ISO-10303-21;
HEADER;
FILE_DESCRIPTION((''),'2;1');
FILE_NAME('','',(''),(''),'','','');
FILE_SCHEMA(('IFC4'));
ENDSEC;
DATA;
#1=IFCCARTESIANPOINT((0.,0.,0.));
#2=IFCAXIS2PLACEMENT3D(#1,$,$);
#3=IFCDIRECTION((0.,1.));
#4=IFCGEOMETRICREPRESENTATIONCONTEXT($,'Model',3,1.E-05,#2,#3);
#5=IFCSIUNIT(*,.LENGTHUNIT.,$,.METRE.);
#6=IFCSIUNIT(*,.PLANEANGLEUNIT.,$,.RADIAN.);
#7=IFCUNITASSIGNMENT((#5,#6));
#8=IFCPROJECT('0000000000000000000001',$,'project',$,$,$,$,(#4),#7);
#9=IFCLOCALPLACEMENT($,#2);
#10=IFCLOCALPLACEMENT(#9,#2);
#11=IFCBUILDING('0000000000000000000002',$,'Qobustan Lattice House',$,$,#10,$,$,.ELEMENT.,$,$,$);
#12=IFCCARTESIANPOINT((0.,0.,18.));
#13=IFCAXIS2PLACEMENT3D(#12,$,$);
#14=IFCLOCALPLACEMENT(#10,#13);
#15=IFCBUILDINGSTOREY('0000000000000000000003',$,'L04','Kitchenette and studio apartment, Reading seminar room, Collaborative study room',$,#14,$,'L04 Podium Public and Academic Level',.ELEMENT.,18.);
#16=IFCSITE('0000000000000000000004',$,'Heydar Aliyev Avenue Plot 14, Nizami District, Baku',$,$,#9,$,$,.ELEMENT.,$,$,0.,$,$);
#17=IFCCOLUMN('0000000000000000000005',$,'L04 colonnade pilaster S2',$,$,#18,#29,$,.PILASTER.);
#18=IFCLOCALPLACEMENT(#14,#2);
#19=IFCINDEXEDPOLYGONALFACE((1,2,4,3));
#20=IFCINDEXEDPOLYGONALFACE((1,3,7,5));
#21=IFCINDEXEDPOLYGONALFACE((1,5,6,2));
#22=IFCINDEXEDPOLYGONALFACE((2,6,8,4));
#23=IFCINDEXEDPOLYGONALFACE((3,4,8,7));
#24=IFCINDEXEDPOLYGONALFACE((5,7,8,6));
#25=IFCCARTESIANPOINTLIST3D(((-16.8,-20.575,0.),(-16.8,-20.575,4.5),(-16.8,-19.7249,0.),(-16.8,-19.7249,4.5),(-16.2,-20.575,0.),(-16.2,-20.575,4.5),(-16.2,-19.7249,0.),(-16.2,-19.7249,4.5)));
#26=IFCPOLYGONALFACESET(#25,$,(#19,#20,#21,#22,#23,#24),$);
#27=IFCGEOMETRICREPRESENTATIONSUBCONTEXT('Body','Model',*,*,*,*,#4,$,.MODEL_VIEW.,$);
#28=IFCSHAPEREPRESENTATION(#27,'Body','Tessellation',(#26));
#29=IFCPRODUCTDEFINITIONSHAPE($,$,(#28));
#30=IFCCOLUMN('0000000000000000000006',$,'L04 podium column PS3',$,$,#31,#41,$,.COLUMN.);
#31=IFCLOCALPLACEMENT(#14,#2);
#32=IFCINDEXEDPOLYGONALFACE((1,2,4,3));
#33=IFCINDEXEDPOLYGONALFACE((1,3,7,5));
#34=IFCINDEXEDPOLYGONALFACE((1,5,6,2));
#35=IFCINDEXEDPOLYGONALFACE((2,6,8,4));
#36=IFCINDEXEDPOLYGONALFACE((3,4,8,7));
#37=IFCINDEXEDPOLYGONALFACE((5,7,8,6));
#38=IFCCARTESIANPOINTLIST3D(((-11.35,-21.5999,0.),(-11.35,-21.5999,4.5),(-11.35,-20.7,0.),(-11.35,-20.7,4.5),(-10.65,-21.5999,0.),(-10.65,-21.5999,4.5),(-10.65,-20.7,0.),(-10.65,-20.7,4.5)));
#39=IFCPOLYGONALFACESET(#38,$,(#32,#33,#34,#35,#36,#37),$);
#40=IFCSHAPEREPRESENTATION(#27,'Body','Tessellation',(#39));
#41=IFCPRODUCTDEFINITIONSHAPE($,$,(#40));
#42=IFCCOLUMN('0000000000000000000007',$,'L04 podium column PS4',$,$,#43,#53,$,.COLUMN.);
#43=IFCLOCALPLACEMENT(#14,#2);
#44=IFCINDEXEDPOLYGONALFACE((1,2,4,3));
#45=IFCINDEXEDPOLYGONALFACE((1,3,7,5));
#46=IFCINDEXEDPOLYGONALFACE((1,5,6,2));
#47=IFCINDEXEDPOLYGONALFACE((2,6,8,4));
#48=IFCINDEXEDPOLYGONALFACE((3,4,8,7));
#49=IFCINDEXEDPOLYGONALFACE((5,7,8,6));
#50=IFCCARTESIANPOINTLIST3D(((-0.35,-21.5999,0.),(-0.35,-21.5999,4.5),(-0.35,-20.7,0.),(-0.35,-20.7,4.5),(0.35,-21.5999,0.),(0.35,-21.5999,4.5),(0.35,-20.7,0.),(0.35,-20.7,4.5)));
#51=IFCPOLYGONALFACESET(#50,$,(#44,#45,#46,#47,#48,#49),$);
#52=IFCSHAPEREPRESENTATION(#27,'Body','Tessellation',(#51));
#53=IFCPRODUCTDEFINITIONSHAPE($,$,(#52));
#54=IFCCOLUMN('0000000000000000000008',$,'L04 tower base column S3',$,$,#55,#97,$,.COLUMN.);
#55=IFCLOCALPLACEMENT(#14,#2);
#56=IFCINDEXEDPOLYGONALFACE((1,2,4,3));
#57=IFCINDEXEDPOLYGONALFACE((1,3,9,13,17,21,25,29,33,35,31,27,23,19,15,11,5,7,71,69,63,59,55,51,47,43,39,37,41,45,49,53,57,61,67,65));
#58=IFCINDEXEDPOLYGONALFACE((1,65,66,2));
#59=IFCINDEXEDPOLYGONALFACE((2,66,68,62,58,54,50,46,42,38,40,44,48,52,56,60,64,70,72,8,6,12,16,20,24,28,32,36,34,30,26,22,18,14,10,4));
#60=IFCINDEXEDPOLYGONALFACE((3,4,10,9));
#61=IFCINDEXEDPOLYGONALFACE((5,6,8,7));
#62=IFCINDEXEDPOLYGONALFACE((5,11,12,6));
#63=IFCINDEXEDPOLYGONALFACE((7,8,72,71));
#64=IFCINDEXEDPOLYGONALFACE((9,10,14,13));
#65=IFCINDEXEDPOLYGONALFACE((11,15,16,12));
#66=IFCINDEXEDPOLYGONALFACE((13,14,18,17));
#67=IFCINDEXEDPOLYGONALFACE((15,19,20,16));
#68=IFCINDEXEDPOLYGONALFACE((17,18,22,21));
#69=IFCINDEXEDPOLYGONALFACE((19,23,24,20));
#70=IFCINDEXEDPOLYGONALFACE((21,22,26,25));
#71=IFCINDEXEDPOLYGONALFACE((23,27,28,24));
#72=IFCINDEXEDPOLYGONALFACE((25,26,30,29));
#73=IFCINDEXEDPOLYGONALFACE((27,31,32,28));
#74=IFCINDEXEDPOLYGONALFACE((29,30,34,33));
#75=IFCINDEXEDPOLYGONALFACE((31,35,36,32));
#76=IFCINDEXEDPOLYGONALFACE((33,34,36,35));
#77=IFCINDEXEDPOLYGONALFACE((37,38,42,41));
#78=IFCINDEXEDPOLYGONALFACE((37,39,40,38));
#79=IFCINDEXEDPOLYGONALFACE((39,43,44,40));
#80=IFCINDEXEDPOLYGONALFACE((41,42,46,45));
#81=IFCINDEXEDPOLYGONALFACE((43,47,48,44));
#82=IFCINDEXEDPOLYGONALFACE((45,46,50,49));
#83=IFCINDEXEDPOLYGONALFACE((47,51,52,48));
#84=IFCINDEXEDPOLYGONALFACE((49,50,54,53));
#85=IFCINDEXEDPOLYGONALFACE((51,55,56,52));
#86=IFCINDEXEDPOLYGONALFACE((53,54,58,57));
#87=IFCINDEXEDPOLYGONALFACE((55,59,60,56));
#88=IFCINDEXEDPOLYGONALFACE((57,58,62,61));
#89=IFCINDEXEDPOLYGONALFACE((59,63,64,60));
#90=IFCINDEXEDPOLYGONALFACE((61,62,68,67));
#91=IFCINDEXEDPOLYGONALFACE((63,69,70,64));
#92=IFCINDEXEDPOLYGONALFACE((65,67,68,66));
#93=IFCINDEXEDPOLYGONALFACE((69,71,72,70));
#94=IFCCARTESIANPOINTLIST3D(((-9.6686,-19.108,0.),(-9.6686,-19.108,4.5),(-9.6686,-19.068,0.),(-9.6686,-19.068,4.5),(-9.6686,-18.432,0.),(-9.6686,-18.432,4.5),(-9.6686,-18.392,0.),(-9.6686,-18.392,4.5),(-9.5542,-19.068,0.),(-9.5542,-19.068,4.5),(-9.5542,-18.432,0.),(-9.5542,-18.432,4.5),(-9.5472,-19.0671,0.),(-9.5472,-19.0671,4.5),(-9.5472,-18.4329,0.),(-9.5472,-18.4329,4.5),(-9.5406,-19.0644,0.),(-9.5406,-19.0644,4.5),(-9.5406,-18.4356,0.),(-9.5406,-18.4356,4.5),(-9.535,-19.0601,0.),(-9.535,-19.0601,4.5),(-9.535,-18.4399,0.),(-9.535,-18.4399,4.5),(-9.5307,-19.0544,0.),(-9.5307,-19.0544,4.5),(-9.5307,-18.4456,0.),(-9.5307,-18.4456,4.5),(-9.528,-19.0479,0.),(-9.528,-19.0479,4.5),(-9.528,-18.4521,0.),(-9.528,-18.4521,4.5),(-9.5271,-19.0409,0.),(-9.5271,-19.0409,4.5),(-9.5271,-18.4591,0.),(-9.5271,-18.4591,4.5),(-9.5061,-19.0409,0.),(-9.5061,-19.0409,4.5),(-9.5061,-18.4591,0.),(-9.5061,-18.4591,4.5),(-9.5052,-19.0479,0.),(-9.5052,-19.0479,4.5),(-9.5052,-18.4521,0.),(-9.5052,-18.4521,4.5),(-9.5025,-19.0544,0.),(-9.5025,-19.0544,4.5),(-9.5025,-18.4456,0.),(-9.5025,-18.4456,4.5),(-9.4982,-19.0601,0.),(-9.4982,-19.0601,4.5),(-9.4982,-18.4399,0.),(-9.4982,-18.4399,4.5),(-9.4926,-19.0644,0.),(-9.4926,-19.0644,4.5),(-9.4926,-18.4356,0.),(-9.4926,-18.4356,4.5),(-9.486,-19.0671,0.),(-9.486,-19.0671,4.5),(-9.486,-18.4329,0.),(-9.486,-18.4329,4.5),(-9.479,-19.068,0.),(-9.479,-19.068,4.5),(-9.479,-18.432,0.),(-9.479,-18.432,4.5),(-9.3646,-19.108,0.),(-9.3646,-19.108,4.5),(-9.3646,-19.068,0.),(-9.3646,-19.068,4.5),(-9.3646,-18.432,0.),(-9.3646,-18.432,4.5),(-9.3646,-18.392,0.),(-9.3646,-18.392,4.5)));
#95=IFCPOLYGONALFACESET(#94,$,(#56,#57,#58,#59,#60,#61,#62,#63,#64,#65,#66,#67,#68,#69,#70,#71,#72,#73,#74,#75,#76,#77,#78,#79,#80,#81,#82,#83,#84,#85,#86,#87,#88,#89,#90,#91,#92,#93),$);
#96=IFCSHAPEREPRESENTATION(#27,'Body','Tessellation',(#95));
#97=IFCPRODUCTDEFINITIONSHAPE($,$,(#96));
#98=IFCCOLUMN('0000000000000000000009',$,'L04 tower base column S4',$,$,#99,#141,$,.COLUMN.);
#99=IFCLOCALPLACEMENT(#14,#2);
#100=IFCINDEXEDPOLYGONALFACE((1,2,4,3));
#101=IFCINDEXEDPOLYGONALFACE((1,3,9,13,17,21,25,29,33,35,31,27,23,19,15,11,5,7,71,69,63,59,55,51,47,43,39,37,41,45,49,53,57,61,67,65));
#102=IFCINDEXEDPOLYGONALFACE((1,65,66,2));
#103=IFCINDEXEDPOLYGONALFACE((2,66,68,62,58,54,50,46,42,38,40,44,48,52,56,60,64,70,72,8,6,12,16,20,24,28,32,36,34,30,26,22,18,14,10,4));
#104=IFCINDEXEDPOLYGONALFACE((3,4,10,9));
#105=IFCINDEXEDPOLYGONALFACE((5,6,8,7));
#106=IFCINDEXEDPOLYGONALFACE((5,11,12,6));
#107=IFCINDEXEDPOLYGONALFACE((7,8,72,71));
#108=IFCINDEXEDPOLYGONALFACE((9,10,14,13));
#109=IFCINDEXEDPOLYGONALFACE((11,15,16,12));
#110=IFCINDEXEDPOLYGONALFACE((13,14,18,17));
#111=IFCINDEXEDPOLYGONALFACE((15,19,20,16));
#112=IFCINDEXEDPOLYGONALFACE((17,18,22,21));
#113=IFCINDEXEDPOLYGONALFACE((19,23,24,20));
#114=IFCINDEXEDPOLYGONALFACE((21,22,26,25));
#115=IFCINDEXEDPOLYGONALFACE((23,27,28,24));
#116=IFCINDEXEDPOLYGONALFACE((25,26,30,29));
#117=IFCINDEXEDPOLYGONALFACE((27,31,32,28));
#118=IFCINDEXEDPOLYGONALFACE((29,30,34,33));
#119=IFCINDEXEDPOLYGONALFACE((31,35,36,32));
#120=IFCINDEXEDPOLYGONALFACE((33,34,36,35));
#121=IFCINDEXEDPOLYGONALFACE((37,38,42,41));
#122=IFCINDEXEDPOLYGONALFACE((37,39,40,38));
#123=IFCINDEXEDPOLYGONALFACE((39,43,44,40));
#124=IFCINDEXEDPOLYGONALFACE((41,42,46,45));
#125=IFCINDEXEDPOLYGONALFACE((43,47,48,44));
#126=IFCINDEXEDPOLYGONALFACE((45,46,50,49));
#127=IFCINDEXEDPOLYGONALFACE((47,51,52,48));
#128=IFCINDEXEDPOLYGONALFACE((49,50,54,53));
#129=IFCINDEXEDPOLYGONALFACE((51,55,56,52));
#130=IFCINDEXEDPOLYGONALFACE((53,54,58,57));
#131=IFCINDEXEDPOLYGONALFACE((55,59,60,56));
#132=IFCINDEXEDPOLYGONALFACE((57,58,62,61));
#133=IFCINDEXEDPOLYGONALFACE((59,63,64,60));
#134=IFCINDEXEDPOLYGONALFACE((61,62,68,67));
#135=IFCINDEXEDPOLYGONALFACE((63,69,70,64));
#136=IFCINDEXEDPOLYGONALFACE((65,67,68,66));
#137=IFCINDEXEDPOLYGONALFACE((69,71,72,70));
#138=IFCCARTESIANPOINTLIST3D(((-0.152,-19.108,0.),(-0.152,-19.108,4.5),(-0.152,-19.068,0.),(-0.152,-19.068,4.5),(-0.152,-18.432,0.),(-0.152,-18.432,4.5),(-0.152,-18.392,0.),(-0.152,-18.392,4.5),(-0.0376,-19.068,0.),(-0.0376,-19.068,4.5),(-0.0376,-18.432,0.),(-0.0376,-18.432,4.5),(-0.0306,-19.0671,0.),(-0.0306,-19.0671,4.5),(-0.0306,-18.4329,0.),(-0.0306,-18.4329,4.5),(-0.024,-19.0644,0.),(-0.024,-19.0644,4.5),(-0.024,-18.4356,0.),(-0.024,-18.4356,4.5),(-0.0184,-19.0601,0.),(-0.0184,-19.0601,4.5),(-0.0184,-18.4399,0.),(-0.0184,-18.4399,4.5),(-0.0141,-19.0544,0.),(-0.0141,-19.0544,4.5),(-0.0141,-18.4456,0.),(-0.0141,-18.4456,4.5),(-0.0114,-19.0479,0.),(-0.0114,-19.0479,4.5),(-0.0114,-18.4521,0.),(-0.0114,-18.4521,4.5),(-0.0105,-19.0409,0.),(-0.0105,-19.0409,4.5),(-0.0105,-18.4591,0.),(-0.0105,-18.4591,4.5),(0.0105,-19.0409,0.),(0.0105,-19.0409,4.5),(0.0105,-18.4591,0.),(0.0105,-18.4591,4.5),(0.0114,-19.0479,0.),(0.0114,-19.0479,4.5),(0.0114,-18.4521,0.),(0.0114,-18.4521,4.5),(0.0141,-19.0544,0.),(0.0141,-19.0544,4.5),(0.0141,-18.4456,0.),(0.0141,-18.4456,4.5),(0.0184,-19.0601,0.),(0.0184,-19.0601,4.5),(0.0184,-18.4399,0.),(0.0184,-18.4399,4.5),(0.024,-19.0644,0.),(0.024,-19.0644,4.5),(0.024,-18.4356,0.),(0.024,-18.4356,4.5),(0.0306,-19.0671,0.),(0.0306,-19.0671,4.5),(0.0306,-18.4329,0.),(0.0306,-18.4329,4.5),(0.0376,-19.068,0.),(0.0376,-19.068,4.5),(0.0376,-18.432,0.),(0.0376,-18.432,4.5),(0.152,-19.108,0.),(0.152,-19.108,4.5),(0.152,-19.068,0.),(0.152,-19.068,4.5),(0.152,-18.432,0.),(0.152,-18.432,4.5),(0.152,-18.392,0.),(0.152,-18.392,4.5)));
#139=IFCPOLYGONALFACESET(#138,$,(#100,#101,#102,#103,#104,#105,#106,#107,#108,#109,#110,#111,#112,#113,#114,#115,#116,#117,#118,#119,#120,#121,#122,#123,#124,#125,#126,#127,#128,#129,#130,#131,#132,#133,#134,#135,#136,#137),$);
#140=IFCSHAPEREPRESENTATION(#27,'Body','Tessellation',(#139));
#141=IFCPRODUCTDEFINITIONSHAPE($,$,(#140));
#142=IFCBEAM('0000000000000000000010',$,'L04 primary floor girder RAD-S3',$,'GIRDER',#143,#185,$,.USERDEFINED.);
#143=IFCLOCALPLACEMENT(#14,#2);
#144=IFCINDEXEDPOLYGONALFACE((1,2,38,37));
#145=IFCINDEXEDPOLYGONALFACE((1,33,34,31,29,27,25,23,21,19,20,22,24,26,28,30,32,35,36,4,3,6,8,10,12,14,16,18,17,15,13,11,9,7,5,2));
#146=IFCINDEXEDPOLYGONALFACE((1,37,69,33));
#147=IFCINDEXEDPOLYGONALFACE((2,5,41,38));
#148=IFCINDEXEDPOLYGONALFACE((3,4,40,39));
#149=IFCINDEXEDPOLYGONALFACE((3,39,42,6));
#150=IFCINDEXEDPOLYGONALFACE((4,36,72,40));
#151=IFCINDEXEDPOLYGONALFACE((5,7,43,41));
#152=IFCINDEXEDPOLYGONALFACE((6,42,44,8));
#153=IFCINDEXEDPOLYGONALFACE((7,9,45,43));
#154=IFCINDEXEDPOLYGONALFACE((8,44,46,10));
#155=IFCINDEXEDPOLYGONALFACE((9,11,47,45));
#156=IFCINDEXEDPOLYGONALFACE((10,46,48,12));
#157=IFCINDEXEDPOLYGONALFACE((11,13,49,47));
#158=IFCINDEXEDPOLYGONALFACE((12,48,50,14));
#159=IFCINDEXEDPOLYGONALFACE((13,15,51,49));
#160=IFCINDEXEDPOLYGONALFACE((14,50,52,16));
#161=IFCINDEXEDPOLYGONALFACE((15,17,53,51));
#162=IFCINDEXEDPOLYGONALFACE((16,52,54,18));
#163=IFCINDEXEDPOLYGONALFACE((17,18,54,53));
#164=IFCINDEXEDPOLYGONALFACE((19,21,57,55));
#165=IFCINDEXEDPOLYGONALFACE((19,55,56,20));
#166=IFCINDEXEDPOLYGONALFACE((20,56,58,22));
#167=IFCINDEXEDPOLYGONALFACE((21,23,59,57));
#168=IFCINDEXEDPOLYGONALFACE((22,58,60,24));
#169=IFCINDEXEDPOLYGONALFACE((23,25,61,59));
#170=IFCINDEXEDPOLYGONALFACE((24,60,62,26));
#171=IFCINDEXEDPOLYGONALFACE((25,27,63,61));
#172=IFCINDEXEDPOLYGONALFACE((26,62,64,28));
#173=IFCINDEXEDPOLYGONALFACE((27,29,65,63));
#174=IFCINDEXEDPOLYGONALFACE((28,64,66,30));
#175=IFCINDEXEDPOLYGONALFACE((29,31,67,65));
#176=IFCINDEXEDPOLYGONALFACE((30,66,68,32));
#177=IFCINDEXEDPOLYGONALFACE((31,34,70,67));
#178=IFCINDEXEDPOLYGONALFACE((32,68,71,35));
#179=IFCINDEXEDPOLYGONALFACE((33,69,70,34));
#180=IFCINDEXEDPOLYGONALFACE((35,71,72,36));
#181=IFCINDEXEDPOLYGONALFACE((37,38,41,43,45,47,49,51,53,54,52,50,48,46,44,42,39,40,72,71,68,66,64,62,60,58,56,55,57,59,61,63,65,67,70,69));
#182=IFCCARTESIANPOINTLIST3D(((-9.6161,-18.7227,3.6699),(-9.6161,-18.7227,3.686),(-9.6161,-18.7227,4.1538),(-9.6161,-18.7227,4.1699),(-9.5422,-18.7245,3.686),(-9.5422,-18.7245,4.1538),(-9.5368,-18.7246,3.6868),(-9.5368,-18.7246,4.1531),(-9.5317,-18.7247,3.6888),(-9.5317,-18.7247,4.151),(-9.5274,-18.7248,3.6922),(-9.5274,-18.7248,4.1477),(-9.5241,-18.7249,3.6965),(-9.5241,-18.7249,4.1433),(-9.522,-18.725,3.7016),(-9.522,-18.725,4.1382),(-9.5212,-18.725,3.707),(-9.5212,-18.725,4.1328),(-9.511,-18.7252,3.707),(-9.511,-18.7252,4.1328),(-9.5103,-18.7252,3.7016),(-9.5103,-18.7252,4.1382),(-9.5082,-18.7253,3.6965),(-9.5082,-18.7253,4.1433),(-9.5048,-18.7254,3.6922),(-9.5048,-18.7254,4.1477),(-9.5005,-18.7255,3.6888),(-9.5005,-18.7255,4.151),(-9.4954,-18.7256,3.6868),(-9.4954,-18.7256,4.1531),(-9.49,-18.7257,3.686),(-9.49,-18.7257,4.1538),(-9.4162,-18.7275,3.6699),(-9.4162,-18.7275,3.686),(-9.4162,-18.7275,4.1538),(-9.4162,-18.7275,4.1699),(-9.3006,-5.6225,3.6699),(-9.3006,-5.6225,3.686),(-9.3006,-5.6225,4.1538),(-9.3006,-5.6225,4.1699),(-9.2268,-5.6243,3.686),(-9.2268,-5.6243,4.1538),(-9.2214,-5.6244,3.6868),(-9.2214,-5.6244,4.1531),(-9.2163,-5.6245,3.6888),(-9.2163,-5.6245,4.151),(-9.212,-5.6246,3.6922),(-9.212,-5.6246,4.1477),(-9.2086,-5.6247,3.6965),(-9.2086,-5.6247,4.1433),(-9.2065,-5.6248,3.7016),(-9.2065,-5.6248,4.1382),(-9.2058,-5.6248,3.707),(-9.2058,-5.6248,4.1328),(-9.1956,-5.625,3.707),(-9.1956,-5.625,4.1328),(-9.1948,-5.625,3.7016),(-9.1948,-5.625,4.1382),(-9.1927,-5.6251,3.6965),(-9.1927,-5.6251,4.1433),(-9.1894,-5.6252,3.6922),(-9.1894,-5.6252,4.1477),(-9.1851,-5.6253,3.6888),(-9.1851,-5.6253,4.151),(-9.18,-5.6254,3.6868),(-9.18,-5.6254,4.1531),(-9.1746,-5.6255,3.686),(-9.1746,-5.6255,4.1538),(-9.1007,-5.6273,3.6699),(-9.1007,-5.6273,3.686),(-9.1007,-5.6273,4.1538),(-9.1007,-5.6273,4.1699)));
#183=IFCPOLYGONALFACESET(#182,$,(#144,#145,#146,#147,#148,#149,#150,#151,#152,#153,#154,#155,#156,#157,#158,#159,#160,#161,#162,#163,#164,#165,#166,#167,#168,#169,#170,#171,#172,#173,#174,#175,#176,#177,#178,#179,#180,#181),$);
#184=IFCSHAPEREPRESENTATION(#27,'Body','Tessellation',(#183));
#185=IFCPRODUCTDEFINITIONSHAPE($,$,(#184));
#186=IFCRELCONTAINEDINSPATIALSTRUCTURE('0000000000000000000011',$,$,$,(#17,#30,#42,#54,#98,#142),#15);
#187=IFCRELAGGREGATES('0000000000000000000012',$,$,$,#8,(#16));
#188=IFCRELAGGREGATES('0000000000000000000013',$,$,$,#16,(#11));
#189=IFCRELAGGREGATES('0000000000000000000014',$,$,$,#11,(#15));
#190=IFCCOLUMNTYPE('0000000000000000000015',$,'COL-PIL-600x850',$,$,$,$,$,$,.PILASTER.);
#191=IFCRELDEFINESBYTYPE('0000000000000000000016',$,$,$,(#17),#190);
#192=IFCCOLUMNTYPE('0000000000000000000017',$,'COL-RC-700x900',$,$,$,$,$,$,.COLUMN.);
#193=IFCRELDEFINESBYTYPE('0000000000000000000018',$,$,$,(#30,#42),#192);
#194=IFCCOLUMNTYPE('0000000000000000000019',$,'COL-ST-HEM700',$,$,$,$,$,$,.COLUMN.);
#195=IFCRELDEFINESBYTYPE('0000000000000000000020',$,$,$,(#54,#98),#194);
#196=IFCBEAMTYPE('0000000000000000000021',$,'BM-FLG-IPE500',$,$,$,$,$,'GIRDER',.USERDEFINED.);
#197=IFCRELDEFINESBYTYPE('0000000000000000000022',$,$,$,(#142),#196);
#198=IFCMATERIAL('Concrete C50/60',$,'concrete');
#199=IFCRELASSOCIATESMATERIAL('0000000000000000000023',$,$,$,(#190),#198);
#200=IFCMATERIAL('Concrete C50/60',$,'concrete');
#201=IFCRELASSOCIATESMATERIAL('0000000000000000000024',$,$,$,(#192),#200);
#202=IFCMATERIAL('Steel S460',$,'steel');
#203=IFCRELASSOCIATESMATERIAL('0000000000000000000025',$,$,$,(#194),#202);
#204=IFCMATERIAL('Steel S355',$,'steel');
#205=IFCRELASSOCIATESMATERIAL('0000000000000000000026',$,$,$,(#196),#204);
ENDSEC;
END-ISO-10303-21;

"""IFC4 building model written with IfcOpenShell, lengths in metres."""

from ifc_helpers import new_model, si_unit, direction, frame, origin, origin_2d, place, context, subcontext, project, spatial, rectangle, i_section, extrude, material, material_profile, profile_set, type_object, element, save


model = new_model("IFC4")

# Units and contexts
model_context = context("Model", 3, precision=1e-05, world=origin(), true_north=direction((0.0, 1.0)))
body_context = subcontext(model_context, "Body", "Model", "MODEL_VIEW")
ifc_project = project(units=[si_unit("LENGTHUNIT", "METRE"), si_unit("PLANEANGLEUNIT", "RADIAN")], contexts=[model_context])

# Site, building, storey
site_placement = place(None, origin())
site = spatial("IfcSite", under=ifc_project, at=site_placement, Name="Heydar Aliyev Avenue Plot 14, Nizami District, Baku", CompositionType="ELEMENT", RefElevation=0.0)
building_placement = place(site_placement, origin())
building = spatial("IfcBuilding", under=site, at=building_placement, Name="Qobustan Lattice House", CompositionType="ELEMENT")
storey_placement = place(building_placement, frame((0.0, 0.0, 18.0)))
storey = spatial("IfcBuildingStorey", under=building, at=storey_placement, Name="L04", Description="Kitchenette and studio apartment, Reading seminar room, Collaborative study room", LongName="L04 Podium Public and Academic Level", CompositionType="ELEMENT", Elevation=18.0)

# Columns
ifc_material_1 = material(Name="Concrete C50/60", Category="concrete")
ifc_material_profile_1 = material_profile(ifc_material_1, rectangle(XDim=0.6001, YDim=0.8501, at=origin_2d()), Name="RC600x850")
ifc_profile_set_1 = profile_set([ifc_material_profile_1], Name="Concrete C50/60")
column_type_1 = type_object("IfcColumnType", Name="COL-PIL-600x850", PredefinedType="PILASTER", material=ifc_profile_set_1)
column_placement = place(storey_placement, frame((-16.5, -20.1499, 0.0), z_axis=(0.0, 0.0, 1.0), x_axis=(1.0, 0.0, 0.0)))
element("IfcColumn", 1, at=column_placement, inside=storey, type_object=column_type_1, Name="L04 colonnade pilaster S2", PredefinedType="PILASTER", context=body_context, shape_type="SweptSolid", body=[
    extrude(rectangle(XDim=0.6001, YDim=0.8501, at=origin_2d()), origin(), (0.0, 0.0, 1.0), 4.5),
])
ifc_material_2 = material(Name="Concrete C50/60", Category="concrete")
ifc_material_profile_2 = material_profile(ifc_material_2, rectangle(XDim=0.7, YDim=0.8999, at=origin_2d()), Name="RC700x900")
ifc_profile_set_2 = profile_set([ifc_material_profile_2], Name="Concrete C50/60")
column_type_2 = type_object("IfcColumnType", Name="COL-RC-700x900", PredefinedType="COLUMN", material=ifc_profile_set_2)
for number, where, z_axis, x_axis, name in (
    (2, (-11.0, -21.1499, 0.0), (0.0, 0.0, 1.0), (1.0, 0.0, 0.0), "L04 podium column PS3"),
    (3, (0.0, -21.1499, 0.0), (0.0, 0.0, 1.0), (1.0, 0.0, 0.0), "L04 podium column PS4"),
):
    element("IfcColumn", number, at=place(storey_placement, frame(where, z_axis=z_axis, x_axis=x_axis)), inside=storey, type_object=column_type_2, Name=name, PredefinedType="COLUMN", context=body_context, shape_type="SweptSolid", body=[
        extrude(rectangle(XDim=0.7, YDim=0.8999, at=origin_2d()), origin(), (0.0, 0.0, 1.0), 4.5),
    ])
ifc_material_3 = material(Name="Steel S460", Category="steel")
ifc_material_profile_3 = material_profile(ifc_material_3, i_section(OverallWidth=0.304, OverallDepth=0.7161, WebThickness=0.021, FlangeThickness=0.04, FilletRadius=0.0271, at=origin_2d()), Name="HEM700")
ifc_profile_set_3 = profile_set([ifc_material_profile_3], Name="Steel S460")
column_type_3 = type_object("IfcColumnType", Name="COL-ST-HEM700", PredefinedType="COLUMN", material=ifc_profile_set_3)
for number, where, z_axis, x_axis, name in (
    (4, (-9.5166, -18.75, 0.0), (0.0, 0.0, 1.0), (1.0, 0.0, 0.0), "L04 tower base column S3"),
    (5, (0.0, -18.75, 0.0), (0.0, 0.0, 1.0), (1.0, 0.0, 0.0), "L04 tower base column S4"),
):
    element("IfcColumn", number, at=place(storey_placement, frame(where, z_axis=z_axis, x_axis=x_axis)), inside=storey, type_object=column_type_3, Name=name, PredefinedType="COLUMN", context=body_context, shape_type="SweptSolid", body=[
        extrude(i_section(OverallWidth=0.304, OverallDepth=0.7161, WebThickness=0.021, FlangeThickness=0.04, FilletRadius=0.0271, at=origin_2d()), origin(), (0.0, 0.0, 1.0), 4.5),
    ])

# Beam
ifc_material_4 = material(Name="Steel S355", Category="steel")
ifc_material_profile_4 = material_profile(ifc_material_4, i_section(OverallWidth=0.2, OverallDepth=0.5, WebThickness=0.0103, FlangeThickness=0.0161, FilletRadius=0.021, at=origin_2d()), Name="IPE500")
ifc_profile_set_4 = profile_set([ifc_material_profile_4], Name="Steel S355")
beam_type_1 = type_object("IfcBeamType", Name="BM-FLG-IPE500", ElementType="GIRDER", PredefinedType="USERDEFINED", material=ifc_profile_set_4)
beam_1_placement = place(storey_placement, frame((-9.5161, -18.7251, 3.9199), z_axis=(0.024071, 0.99971, 0.0), x_axis=(-0.99971, 0.024071, 0.0)))
element("IfcBeam", 6, at=beam_1_placement, inside=storey, type_object=beam_type_1, Name="L04 primary floor girder RAD-S3", ObjectType="GIRDER", PredefinedType="USERDEFINED", context=body_context, shape_type="SweptSolid", body=[
    extrude(i_section(OverallWidth=0.2, OverallDepth=0.5, WebThickness=0.0103, FlangeThickness=0.0161, FilletRadius=0.021, at=origin_2d()), origin(), (0.0, 0.0, 1.0), 13.104),
])

save(model, "model.ifc")
